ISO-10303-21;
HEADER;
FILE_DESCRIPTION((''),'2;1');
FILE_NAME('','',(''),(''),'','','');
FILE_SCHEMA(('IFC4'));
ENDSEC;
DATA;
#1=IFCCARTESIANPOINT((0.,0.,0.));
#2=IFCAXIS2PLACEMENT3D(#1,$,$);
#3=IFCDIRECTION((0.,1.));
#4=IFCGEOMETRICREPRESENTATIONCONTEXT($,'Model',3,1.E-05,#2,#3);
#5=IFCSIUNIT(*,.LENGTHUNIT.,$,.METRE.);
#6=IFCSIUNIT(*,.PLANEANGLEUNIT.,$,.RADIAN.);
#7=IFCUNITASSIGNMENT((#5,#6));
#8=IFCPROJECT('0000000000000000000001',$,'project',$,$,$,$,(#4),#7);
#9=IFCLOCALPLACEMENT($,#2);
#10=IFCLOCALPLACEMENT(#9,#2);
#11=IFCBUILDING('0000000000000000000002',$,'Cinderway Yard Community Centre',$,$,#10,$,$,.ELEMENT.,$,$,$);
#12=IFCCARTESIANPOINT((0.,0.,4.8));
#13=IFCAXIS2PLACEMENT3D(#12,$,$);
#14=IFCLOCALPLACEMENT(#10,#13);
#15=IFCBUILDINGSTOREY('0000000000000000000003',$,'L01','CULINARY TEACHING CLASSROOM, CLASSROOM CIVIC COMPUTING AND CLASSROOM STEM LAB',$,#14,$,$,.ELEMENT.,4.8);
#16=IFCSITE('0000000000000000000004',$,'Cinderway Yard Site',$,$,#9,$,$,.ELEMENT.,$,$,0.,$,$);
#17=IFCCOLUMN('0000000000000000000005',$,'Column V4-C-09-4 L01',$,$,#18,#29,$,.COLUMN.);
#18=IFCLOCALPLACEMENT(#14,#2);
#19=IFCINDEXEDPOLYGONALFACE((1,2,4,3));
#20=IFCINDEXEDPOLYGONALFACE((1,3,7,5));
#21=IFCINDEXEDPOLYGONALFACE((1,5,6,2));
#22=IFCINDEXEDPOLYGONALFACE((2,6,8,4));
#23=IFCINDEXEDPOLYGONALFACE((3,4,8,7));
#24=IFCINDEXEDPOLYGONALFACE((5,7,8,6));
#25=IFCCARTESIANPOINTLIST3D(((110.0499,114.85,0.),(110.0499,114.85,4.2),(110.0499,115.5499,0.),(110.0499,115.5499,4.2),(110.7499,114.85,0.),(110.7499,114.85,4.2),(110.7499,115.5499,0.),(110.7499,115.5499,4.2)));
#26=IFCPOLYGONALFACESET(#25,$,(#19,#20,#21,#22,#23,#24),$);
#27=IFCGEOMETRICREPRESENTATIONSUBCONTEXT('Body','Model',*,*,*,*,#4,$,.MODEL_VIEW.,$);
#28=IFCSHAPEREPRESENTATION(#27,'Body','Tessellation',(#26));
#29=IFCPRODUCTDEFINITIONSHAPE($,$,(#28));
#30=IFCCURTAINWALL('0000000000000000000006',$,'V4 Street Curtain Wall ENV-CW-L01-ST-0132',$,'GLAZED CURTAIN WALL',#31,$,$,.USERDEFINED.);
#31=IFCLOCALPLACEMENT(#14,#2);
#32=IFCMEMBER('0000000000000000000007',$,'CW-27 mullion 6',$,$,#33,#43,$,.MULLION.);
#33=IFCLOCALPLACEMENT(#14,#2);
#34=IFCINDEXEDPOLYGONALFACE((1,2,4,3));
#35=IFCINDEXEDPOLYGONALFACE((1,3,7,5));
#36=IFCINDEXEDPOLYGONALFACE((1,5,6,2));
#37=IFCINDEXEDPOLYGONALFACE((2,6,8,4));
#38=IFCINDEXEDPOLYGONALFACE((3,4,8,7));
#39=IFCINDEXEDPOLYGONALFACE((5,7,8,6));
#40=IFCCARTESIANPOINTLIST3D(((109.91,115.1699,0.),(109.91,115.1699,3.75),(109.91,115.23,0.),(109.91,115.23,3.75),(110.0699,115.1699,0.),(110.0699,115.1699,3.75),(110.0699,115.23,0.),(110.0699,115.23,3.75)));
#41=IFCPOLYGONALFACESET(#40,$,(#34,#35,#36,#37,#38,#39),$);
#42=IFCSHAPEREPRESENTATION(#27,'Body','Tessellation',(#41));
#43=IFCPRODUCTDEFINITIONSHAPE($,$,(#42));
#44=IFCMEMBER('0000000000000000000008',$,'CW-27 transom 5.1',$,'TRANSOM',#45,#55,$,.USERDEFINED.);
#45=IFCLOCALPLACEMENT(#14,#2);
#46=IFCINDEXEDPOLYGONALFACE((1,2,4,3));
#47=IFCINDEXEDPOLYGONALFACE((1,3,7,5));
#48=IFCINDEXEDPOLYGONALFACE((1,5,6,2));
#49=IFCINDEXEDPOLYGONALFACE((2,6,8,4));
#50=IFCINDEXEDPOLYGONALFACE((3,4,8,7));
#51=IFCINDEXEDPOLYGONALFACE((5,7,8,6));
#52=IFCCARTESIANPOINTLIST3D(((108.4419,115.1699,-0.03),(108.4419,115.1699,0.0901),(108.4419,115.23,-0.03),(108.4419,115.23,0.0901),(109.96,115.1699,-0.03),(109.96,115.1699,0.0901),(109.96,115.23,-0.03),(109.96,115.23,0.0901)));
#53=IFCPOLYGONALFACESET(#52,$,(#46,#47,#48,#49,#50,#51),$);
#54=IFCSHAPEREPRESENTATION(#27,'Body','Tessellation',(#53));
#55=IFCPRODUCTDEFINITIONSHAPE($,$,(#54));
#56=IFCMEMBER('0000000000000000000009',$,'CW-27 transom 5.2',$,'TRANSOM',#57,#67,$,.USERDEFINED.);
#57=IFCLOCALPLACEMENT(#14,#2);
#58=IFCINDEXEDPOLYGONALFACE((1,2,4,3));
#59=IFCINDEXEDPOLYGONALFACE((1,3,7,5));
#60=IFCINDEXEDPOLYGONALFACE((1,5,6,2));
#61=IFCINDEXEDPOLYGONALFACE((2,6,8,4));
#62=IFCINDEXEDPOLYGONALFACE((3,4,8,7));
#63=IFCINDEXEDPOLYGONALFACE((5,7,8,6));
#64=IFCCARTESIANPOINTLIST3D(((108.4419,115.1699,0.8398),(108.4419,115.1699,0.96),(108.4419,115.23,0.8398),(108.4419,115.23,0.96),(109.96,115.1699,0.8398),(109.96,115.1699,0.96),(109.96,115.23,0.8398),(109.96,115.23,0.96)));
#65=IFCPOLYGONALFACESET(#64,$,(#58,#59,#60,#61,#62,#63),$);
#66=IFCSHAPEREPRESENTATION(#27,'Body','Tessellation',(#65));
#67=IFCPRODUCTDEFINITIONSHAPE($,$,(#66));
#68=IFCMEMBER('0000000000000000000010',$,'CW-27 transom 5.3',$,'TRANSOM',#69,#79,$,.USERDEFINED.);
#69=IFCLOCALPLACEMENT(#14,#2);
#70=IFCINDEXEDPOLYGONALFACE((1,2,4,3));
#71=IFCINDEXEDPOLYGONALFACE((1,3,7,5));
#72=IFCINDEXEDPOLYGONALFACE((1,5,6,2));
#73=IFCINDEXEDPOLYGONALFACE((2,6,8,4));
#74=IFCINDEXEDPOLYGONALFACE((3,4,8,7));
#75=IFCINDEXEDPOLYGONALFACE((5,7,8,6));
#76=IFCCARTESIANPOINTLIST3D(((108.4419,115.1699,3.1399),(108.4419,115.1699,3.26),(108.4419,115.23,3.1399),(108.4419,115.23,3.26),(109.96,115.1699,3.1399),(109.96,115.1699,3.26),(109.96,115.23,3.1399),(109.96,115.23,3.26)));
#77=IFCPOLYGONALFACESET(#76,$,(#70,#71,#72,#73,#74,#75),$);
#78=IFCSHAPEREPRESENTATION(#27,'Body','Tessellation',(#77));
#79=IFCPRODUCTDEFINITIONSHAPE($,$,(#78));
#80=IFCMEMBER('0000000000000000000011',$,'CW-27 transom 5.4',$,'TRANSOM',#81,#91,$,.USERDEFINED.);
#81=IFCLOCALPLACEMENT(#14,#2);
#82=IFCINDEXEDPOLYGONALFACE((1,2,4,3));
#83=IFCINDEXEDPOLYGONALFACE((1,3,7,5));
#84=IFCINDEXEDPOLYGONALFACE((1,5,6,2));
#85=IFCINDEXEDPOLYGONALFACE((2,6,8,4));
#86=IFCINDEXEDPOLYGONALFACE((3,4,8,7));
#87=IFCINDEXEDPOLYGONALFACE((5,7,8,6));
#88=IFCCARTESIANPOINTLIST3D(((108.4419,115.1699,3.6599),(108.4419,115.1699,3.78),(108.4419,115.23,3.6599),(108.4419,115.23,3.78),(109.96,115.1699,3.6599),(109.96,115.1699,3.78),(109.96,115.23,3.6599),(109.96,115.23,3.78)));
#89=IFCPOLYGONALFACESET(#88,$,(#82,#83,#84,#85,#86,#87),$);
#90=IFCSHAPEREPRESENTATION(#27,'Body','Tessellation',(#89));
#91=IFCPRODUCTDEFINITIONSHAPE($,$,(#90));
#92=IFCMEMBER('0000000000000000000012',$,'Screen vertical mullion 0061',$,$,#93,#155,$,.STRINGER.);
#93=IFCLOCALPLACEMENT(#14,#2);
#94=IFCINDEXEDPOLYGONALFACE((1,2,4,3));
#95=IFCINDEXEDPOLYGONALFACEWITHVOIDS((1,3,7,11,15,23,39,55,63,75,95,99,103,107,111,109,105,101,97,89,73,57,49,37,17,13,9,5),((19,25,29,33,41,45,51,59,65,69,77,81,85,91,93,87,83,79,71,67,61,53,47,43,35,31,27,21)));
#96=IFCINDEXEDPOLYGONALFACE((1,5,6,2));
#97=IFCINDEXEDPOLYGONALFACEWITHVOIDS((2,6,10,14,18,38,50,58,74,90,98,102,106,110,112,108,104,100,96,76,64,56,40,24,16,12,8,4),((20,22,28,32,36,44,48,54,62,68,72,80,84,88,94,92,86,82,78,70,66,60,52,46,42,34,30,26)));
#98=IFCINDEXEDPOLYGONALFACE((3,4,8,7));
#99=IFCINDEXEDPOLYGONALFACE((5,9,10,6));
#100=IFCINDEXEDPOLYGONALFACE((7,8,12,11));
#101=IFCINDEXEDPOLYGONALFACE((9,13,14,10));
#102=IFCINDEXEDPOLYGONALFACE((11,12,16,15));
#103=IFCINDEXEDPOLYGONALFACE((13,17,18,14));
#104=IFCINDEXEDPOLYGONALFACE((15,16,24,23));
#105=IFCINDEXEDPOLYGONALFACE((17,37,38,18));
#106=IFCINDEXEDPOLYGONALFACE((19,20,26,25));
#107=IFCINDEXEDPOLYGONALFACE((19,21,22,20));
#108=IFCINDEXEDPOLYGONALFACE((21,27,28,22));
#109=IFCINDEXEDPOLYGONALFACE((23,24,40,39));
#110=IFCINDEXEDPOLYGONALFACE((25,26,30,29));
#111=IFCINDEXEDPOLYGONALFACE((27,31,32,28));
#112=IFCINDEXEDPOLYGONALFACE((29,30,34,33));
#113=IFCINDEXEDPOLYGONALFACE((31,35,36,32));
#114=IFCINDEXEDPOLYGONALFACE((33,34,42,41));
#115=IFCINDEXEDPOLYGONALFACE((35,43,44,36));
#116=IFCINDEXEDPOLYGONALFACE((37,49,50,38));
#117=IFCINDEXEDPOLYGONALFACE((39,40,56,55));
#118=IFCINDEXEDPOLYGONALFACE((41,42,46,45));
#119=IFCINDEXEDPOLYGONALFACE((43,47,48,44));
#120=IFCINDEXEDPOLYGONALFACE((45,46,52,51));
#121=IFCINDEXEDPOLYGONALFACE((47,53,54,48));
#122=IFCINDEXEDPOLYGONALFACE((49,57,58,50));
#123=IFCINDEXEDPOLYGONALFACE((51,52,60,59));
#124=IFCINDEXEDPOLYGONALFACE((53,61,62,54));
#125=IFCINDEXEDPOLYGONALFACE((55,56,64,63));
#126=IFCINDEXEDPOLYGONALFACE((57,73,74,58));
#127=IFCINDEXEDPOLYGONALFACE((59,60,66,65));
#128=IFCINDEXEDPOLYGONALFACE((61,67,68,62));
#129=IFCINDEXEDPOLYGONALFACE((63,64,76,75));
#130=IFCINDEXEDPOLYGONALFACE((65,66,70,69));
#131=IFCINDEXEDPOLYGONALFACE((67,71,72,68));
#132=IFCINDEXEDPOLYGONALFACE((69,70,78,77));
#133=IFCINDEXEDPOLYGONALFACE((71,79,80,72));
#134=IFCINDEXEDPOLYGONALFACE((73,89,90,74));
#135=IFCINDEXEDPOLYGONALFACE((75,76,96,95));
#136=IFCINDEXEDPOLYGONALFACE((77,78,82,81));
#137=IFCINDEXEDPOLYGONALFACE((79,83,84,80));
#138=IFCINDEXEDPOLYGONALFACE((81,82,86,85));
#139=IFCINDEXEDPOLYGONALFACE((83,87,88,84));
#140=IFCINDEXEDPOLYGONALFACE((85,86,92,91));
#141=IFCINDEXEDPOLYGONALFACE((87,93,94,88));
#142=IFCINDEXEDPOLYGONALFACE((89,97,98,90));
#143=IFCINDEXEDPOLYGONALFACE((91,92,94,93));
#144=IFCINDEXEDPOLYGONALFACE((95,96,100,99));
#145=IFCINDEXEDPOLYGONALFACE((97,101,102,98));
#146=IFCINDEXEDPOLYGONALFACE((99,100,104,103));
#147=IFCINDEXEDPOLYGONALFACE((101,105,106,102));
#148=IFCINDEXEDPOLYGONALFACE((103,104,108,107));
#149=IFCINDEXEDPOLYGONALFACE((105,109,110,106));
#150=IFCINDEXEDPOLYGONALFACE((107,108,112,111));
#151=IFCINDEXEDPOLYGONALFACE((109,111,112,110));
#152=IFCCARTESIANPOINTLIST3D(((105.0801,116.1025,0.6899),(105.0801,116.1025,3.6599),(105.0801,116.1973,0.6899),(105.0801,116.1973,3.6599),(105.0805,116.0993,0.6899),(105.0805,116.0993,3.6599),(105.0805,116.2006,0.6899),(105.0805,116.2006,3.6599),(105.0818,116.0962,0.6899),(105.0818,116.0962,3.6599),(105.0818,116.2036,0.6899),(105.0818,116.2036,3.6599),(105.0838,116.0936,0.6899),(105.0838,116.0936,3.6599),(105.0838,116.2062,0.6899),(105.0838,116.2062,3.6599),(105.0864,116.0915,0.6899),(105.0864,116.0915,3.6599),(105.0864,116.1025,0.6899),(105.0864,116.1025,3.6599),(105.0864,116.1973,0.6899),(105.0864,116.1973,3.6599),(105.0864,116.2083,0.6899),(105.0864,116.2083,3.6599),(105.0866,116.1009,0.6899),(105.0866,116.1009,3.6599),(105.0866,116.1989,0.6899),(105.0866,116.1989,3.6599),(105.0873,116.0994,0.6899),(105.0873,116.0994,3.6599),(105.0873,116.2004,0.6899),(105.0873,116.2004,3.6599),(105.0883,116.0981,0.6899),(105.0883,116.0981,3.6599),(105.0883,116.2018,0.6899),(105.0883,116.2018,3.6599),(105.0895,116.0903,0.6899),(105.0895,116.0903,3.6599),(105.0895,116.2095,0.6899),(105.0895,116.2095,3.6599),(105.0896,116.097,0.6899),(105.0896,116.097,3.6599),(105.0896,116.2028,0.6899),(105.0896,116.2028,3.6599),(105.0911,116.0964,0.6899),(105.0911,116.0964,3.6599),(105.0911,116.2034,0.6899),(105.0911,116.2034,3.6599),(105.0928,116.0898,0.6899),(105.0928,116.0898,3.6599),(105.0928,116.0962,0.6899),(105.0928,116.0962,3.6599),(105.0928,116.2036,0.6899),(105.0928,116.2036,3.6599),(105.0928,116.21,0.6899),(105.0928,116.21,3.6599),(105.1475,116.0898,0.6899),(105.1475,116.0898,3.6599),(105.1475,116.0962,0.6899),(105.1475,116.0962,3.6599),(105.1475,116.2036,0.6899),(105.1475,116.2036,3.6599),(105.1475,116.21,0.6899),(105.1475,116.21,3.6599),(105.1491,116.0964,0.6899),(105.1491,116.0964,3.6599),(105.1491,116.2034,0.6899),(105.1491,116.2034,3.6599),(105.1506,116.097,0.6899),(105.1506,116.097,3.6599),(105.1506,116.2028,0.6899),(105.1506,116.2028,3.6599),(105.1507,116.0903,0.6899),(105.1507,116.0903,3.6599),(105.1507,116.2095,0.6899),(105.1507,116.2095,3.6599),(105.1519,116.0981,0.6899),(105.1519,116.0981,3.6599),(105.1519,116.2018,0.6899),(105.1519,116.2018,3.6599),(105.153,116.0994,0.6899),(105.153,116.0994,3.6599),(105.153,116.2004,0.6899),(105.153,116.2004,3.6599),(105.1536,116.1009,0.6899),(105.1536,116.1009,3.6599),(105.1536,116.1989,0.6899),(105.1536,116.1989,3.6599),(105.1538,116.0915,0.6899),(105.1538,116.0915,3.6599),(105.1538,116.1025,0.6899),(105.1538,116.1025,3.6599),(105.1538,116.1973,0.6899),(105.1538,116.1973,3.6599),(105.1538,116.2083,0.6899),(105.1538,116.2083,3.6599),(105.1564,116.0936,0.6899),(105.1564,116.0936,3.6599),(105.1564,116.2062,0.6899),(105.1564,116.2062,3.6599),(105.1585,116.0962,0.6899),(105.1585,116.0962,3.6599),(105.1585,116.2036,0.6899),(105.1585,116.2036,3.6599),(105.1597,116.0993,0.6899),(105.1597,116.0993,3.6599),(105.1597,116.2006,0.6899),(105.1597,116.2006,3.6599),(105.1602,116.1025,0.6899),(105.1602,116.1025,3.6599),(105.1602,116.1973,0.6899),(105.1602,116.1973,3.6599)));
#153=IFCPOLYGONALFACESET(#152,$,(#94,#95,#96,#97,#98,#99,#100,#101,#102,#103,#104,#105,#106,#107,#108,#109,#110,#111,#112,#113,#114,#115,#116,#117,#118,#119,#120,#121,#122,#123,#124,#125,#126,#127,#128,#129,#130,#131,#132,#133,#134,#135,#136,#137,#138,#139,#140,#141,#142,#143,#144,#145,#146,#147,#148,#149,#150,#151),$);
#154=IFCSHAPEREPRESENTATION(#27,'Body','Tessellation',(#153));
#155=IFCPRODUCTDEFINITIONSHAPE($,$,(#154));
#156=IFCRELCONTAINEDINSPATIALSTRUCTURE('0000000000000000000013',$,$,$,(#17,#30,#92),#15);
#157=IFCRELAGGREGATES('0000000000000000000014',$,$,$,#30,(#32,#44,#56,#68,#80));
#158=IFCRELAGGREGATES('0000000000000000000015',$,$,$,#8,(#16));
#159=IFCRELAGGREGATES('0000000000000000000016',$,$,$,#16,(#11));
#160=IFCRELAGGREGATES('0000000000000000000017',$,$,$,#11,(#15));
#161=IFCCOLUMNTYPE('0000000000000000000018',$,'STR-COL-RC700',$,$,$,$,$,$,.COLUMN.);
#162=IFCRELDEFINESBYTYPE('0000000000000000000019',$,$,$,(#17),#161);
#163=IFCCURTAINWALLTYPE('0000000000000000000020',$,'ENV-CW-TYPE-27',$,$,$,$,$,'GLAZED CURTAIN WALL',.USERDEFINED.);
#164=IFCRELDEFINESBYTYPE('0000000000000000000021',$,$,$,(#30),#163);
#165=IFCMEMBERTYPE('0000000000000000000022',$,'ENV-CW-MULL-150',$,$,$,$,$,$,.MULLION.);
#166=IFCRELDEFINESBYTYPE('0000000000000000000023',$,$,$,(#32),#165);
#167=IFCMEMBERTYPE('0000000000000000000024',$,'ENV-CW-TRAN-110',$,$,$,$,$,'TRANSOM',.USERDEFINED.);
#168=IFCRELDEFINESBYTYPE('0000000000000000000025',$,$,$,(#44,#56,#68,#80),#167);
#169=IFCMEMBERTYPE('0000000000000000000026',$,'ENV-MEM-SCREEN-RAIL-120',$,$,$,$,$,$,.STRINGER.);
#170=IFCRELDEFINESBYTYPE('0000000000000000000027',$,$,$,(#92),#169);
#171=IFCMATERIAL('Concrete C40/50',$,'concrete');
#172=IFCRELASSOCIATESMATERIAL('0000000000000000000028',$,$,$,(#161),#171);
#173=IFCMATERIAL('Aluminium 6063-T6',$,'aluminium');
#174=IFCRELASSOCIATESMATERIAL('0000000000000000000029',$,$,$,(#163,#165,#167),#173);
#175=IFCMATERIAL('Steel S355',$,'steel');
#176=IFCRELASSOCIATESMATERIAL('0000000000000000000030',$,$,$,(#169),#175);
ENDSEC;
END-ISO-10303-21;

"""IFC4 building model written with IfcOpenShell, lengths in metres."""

from ifc_helpers import new_model, si_unit, direction, frame, origin, origin_2d, place, context, subcontext, project, spatial, rectangle, hollow_rectangle, extrude, material, material_profile, profile_set, type_object, element, aggregate, save


model = new_model("IFC4")

# Units and contexts
model_context = context("Model", 3, precision=1e-05, world=origin(), true_north=direction((0.0, 1.0)))
body_context = subcontext(model_context, "Body", "Model", "MODEL_VIEW")
ifc_project = project(units=[si_unit("LENGTHUNIT", "METRE"), si_unit("PLANEANGLEUNIT", "RADIAN")], contexts=[model_context])

# Site, building, storey
site_placement = place(None, origin())
site = spatial("IfcSite", under=ifc_project, at=site_placement, Name="Cinderway Yard Site", CompositionType="ELEMENT", RefElevation=0.0)
building_placement = place(site_placement, origin())
building = spatial("IfcBuilding", under=site, at=building_placement, Name="Cinderway Yard Community Centre", CompositionType="ELEMENT")
storey_placement = place(building_placement, frame((0.0, 0.0, 4.8)))
storey = spatial("IfcBuildingStorey", under=building, at=storey_placement, Name="L01", Description="CULINARY TEACHING CLASSROOM, CLASSROOM CIVIC COMPUTING AND CLASSROOM STEM LAB", CompositionType="ELEMENT", Elevation=4.8)

# Column
ifc_material_1 = material(Name="Concrete C40/50", Category="concrete")
ifc_material_profile_1 = material_profile(ifc_material_1, rectangle(XDim=0.7, YDim=0.7, at=origin_2d()), Name="Concrete C40/50")
ifc_profile_set_1 = profile_set([ifc_material_profile_1], Name="Concrete C40/50")
column_type = type_object("IfcColumnType", Name="STR-COL-RC700", PredefinedType="COLUMN", material=ifc_profile_set_1)
column_placement = place(storey_placement, frame((110.3999, 115.2, 0.0), z_axis=(0.0, 0.0, 1.0), x_axis=(1.0, 0.0, 0.0)))
element("IfcColumn", 1, at=column_placement, inside=storey, type_object=column_type, Name="Column V4-C-09-4 L01", PredefinedType="COLUMN", context=body_context, shape_type="SweptSolid", body=[
    extrude(rectangle(XDim=0.7, YDim=0.7, at=origin_2d()), origin(), (0.0, 0.0, 1.0), 4.2),
])

# Curtain wall, members
ifc_material_2 = material(Name="Aluminium 6063-T6", Category="aluminium")
curtain_wall_type = type_object("IfcCurtainWallType", Name="ENV-CW-TYPE-27", ElementType="GLAZED CURTAIN WALL", PredefinedType="USERDEFINED", material=ifc_material_2)
curtain_wall_placement = place(storey_placement, origin())
curtain_wall = element("IfcCurtainWall", 2, at=curtain_wall_placement, inside=storey, type_object=curtain_wall_type, Name="V4 Street Curtain Wall ENV-CW-L01-ST-0132", ObjectType="GLAZED CURTAIN WALL", PredefinedType="USERDEFINED")
ifc_material_profile_2 = material_profile(ifc_material_2, rectangle(XDim=0.0601, YDim=0.1599, at=origin_2d()), Name="Aluminium 6063-T6")
ifc_profile_set_2 = profile_set([ifc_material_profile_2], Name="Aluminium 6063-T6")
member_type_1 = type_object("IfcMemberType", Name="ENV-CW-MULL-150", PredefinedType="MULLION", material=ifc_profile_set_2)
member_1_placement = place(storey_placement, frame((109.99, 115.2, 0.0), z_axis=(0.0, 0.0, 1.0), x_axis=(0.0, 1.0, 0.0)))
member_1 = element("IfcMember", 3, at=member_1_placement, type_object=member_type_1, Name="CW-27 mullion 6", PredefinedType="MULLION", context=body_context, shape_type="SweptSolid", body=[
    extrude(rectangle(XDim=0.0601, YDim=0.1599, at=origin_2d()), origin(), (0.0, 0.0, 1.0), 3.75),
])
ifc_material_profile_3 = material_profile(ifc_material_2, rectangle(XDim=0.0601, YDim=0.1201, at=origin_2d()), Name="Aluminium 6063-T6")
ifc_profile_set_3 = profile_set([ifc_material_profile_3], Name="Aluminium 6063-T6")
member_type_2 = type_object("IfcMemberType", Name="ENV-CW-TRAN-110", ElementType="TRANSOM", PredefinedType="USERDEFINED", material=ifc_profile_set_3)
member_2_placement = place(storey_placement, frame((108.4419, 115.2, 0.03), z_axis=(1.0, 0.0, 0.0), x_axis=(0.0, 1.0, 0.0)))
member_2 = element("IfcMember", 4, at=member_2_placement, type_object=member_type_2, Name="CW-27 transom 5.1", ObjectType="TRANSOM", PredefinedType="USERDEFINED", context=body_context, shape_type="SweptSolid", body=[
    extrude(rectangle(XDim=0.0601, YDim=0.1201, at=origin_2d()), origin(), (0.0, 0.0, 1.0), 1.5181),
])
member_3_placement = place(storey_placement, frame((108.4419, 115.2, 0.8999), z_axis=(1.0, 0.0, 0.0), x_axis=(0.0, 1.0, 0.0)))
member_3 = element("IfcMember", 5, at=member_3_placement, type_object=member_type_2, Name="CW-27 transom 5.2", ObjectType="TRANSOM", PredefinedType="USERDEFINED", context=body_context, shape_type="SweptSolid", body=[
    extrude(rectangle(XDim=0.0601, YDim=0.1201, at=origin_2d()), origin(), (0.0, 0.0, 1.0), 1.5181),
])
member_4_placement = place(storey_placement, frame((108.4419, 115.2, 3.2), z_axis=(1.0, 0.0, 0.0), x_axis=(0.0, 1.0, 0.0)))
member_4 = element("IfcMember", 6, at=member_4_placement, type_object=member_type_2, Name="CW-27 transom 5.3", ObjectType="TRANSOM", PredefinedType="USERDEFINED", context=body_context, shape_type="SweptSolid", body=[
    extrude(rectangle(XDim=0.0601, YDim=0.1201, at=origin_2d()), origin(), (0.0, 0.0, 1.0), 1.5181),
])
member_5_placement = place(storey_placement, frame((108.4419, 115.2, 3.72), z_axis=(1.0, 0.0, 0.0), x_axis=(0.0, 1.0, 0.0)))
member_5 = element("IfcMember", 7, at=member_5_placement, type_object=member_type_2, Name="CW-27 transom 5.4", ObjectType="TRANSOM", PredefinedType="USERDEFINED", context=body_context, shape_type="SweptSolid", body=[
    extrude(rectangle(XDim=0.0601, YDim=0.1201, at=origin_2d()), origin(), (0.0, 0.0, 1.0), 1.5181),
])

# Member
ifc_material_3 = material(Name="Steel S355", Category="steel")
ifc_material_profile_4 = material_profile(ifc_material_3, hollow_rectangle(XDim=0.0801, YDim=0.1201, WallThickness=0.0063, InnerFilletRadius=0.0063, OuterFilletRadius=0.0127, at=origin_2d()), Name="Steel S355")
ifc_profile_set_4 = profile_set([ifc_material_profile_4], Name="Steel S355")
member_type_3 = type_object("IfcMemberType", Name="ENV-MEM-SCREEN-RAIL-120", PredefinedType="STRINGER", material=ifc_profile_set_4)
for number, where, z_axis, x_axis, name in (
    (8, (105.1201, 116.1499, 0.6899), (0.0, 0.0, 1.0), (1.0, 0.0, 0.0), "Screen vertical mullion 0061"),
):
    element("IfcMember", number, at=place(storey_placement, frame(where, z_axis=z_axis, x_axis=x_axis)), inside=storey, type_object=member_type_3, Name=name, PredefinedType="STRINGER", context=body_context, shape_type="SweptSolid", body=[
        extrude(hollow_rectangle(XDim=0.0801, YDim=0.1201, WallThickness=0.0063, InnerFilletRadius=0.0063, OuterFilletRadius=0.0127, at=origin_2d()), origin(), (0.0, 0.0, 1.0), 2.97),
    ])

aggregate(curtain_wall, [member_1, member_2, member_3, member_4, member_5])

save(model, "model.ifc")
